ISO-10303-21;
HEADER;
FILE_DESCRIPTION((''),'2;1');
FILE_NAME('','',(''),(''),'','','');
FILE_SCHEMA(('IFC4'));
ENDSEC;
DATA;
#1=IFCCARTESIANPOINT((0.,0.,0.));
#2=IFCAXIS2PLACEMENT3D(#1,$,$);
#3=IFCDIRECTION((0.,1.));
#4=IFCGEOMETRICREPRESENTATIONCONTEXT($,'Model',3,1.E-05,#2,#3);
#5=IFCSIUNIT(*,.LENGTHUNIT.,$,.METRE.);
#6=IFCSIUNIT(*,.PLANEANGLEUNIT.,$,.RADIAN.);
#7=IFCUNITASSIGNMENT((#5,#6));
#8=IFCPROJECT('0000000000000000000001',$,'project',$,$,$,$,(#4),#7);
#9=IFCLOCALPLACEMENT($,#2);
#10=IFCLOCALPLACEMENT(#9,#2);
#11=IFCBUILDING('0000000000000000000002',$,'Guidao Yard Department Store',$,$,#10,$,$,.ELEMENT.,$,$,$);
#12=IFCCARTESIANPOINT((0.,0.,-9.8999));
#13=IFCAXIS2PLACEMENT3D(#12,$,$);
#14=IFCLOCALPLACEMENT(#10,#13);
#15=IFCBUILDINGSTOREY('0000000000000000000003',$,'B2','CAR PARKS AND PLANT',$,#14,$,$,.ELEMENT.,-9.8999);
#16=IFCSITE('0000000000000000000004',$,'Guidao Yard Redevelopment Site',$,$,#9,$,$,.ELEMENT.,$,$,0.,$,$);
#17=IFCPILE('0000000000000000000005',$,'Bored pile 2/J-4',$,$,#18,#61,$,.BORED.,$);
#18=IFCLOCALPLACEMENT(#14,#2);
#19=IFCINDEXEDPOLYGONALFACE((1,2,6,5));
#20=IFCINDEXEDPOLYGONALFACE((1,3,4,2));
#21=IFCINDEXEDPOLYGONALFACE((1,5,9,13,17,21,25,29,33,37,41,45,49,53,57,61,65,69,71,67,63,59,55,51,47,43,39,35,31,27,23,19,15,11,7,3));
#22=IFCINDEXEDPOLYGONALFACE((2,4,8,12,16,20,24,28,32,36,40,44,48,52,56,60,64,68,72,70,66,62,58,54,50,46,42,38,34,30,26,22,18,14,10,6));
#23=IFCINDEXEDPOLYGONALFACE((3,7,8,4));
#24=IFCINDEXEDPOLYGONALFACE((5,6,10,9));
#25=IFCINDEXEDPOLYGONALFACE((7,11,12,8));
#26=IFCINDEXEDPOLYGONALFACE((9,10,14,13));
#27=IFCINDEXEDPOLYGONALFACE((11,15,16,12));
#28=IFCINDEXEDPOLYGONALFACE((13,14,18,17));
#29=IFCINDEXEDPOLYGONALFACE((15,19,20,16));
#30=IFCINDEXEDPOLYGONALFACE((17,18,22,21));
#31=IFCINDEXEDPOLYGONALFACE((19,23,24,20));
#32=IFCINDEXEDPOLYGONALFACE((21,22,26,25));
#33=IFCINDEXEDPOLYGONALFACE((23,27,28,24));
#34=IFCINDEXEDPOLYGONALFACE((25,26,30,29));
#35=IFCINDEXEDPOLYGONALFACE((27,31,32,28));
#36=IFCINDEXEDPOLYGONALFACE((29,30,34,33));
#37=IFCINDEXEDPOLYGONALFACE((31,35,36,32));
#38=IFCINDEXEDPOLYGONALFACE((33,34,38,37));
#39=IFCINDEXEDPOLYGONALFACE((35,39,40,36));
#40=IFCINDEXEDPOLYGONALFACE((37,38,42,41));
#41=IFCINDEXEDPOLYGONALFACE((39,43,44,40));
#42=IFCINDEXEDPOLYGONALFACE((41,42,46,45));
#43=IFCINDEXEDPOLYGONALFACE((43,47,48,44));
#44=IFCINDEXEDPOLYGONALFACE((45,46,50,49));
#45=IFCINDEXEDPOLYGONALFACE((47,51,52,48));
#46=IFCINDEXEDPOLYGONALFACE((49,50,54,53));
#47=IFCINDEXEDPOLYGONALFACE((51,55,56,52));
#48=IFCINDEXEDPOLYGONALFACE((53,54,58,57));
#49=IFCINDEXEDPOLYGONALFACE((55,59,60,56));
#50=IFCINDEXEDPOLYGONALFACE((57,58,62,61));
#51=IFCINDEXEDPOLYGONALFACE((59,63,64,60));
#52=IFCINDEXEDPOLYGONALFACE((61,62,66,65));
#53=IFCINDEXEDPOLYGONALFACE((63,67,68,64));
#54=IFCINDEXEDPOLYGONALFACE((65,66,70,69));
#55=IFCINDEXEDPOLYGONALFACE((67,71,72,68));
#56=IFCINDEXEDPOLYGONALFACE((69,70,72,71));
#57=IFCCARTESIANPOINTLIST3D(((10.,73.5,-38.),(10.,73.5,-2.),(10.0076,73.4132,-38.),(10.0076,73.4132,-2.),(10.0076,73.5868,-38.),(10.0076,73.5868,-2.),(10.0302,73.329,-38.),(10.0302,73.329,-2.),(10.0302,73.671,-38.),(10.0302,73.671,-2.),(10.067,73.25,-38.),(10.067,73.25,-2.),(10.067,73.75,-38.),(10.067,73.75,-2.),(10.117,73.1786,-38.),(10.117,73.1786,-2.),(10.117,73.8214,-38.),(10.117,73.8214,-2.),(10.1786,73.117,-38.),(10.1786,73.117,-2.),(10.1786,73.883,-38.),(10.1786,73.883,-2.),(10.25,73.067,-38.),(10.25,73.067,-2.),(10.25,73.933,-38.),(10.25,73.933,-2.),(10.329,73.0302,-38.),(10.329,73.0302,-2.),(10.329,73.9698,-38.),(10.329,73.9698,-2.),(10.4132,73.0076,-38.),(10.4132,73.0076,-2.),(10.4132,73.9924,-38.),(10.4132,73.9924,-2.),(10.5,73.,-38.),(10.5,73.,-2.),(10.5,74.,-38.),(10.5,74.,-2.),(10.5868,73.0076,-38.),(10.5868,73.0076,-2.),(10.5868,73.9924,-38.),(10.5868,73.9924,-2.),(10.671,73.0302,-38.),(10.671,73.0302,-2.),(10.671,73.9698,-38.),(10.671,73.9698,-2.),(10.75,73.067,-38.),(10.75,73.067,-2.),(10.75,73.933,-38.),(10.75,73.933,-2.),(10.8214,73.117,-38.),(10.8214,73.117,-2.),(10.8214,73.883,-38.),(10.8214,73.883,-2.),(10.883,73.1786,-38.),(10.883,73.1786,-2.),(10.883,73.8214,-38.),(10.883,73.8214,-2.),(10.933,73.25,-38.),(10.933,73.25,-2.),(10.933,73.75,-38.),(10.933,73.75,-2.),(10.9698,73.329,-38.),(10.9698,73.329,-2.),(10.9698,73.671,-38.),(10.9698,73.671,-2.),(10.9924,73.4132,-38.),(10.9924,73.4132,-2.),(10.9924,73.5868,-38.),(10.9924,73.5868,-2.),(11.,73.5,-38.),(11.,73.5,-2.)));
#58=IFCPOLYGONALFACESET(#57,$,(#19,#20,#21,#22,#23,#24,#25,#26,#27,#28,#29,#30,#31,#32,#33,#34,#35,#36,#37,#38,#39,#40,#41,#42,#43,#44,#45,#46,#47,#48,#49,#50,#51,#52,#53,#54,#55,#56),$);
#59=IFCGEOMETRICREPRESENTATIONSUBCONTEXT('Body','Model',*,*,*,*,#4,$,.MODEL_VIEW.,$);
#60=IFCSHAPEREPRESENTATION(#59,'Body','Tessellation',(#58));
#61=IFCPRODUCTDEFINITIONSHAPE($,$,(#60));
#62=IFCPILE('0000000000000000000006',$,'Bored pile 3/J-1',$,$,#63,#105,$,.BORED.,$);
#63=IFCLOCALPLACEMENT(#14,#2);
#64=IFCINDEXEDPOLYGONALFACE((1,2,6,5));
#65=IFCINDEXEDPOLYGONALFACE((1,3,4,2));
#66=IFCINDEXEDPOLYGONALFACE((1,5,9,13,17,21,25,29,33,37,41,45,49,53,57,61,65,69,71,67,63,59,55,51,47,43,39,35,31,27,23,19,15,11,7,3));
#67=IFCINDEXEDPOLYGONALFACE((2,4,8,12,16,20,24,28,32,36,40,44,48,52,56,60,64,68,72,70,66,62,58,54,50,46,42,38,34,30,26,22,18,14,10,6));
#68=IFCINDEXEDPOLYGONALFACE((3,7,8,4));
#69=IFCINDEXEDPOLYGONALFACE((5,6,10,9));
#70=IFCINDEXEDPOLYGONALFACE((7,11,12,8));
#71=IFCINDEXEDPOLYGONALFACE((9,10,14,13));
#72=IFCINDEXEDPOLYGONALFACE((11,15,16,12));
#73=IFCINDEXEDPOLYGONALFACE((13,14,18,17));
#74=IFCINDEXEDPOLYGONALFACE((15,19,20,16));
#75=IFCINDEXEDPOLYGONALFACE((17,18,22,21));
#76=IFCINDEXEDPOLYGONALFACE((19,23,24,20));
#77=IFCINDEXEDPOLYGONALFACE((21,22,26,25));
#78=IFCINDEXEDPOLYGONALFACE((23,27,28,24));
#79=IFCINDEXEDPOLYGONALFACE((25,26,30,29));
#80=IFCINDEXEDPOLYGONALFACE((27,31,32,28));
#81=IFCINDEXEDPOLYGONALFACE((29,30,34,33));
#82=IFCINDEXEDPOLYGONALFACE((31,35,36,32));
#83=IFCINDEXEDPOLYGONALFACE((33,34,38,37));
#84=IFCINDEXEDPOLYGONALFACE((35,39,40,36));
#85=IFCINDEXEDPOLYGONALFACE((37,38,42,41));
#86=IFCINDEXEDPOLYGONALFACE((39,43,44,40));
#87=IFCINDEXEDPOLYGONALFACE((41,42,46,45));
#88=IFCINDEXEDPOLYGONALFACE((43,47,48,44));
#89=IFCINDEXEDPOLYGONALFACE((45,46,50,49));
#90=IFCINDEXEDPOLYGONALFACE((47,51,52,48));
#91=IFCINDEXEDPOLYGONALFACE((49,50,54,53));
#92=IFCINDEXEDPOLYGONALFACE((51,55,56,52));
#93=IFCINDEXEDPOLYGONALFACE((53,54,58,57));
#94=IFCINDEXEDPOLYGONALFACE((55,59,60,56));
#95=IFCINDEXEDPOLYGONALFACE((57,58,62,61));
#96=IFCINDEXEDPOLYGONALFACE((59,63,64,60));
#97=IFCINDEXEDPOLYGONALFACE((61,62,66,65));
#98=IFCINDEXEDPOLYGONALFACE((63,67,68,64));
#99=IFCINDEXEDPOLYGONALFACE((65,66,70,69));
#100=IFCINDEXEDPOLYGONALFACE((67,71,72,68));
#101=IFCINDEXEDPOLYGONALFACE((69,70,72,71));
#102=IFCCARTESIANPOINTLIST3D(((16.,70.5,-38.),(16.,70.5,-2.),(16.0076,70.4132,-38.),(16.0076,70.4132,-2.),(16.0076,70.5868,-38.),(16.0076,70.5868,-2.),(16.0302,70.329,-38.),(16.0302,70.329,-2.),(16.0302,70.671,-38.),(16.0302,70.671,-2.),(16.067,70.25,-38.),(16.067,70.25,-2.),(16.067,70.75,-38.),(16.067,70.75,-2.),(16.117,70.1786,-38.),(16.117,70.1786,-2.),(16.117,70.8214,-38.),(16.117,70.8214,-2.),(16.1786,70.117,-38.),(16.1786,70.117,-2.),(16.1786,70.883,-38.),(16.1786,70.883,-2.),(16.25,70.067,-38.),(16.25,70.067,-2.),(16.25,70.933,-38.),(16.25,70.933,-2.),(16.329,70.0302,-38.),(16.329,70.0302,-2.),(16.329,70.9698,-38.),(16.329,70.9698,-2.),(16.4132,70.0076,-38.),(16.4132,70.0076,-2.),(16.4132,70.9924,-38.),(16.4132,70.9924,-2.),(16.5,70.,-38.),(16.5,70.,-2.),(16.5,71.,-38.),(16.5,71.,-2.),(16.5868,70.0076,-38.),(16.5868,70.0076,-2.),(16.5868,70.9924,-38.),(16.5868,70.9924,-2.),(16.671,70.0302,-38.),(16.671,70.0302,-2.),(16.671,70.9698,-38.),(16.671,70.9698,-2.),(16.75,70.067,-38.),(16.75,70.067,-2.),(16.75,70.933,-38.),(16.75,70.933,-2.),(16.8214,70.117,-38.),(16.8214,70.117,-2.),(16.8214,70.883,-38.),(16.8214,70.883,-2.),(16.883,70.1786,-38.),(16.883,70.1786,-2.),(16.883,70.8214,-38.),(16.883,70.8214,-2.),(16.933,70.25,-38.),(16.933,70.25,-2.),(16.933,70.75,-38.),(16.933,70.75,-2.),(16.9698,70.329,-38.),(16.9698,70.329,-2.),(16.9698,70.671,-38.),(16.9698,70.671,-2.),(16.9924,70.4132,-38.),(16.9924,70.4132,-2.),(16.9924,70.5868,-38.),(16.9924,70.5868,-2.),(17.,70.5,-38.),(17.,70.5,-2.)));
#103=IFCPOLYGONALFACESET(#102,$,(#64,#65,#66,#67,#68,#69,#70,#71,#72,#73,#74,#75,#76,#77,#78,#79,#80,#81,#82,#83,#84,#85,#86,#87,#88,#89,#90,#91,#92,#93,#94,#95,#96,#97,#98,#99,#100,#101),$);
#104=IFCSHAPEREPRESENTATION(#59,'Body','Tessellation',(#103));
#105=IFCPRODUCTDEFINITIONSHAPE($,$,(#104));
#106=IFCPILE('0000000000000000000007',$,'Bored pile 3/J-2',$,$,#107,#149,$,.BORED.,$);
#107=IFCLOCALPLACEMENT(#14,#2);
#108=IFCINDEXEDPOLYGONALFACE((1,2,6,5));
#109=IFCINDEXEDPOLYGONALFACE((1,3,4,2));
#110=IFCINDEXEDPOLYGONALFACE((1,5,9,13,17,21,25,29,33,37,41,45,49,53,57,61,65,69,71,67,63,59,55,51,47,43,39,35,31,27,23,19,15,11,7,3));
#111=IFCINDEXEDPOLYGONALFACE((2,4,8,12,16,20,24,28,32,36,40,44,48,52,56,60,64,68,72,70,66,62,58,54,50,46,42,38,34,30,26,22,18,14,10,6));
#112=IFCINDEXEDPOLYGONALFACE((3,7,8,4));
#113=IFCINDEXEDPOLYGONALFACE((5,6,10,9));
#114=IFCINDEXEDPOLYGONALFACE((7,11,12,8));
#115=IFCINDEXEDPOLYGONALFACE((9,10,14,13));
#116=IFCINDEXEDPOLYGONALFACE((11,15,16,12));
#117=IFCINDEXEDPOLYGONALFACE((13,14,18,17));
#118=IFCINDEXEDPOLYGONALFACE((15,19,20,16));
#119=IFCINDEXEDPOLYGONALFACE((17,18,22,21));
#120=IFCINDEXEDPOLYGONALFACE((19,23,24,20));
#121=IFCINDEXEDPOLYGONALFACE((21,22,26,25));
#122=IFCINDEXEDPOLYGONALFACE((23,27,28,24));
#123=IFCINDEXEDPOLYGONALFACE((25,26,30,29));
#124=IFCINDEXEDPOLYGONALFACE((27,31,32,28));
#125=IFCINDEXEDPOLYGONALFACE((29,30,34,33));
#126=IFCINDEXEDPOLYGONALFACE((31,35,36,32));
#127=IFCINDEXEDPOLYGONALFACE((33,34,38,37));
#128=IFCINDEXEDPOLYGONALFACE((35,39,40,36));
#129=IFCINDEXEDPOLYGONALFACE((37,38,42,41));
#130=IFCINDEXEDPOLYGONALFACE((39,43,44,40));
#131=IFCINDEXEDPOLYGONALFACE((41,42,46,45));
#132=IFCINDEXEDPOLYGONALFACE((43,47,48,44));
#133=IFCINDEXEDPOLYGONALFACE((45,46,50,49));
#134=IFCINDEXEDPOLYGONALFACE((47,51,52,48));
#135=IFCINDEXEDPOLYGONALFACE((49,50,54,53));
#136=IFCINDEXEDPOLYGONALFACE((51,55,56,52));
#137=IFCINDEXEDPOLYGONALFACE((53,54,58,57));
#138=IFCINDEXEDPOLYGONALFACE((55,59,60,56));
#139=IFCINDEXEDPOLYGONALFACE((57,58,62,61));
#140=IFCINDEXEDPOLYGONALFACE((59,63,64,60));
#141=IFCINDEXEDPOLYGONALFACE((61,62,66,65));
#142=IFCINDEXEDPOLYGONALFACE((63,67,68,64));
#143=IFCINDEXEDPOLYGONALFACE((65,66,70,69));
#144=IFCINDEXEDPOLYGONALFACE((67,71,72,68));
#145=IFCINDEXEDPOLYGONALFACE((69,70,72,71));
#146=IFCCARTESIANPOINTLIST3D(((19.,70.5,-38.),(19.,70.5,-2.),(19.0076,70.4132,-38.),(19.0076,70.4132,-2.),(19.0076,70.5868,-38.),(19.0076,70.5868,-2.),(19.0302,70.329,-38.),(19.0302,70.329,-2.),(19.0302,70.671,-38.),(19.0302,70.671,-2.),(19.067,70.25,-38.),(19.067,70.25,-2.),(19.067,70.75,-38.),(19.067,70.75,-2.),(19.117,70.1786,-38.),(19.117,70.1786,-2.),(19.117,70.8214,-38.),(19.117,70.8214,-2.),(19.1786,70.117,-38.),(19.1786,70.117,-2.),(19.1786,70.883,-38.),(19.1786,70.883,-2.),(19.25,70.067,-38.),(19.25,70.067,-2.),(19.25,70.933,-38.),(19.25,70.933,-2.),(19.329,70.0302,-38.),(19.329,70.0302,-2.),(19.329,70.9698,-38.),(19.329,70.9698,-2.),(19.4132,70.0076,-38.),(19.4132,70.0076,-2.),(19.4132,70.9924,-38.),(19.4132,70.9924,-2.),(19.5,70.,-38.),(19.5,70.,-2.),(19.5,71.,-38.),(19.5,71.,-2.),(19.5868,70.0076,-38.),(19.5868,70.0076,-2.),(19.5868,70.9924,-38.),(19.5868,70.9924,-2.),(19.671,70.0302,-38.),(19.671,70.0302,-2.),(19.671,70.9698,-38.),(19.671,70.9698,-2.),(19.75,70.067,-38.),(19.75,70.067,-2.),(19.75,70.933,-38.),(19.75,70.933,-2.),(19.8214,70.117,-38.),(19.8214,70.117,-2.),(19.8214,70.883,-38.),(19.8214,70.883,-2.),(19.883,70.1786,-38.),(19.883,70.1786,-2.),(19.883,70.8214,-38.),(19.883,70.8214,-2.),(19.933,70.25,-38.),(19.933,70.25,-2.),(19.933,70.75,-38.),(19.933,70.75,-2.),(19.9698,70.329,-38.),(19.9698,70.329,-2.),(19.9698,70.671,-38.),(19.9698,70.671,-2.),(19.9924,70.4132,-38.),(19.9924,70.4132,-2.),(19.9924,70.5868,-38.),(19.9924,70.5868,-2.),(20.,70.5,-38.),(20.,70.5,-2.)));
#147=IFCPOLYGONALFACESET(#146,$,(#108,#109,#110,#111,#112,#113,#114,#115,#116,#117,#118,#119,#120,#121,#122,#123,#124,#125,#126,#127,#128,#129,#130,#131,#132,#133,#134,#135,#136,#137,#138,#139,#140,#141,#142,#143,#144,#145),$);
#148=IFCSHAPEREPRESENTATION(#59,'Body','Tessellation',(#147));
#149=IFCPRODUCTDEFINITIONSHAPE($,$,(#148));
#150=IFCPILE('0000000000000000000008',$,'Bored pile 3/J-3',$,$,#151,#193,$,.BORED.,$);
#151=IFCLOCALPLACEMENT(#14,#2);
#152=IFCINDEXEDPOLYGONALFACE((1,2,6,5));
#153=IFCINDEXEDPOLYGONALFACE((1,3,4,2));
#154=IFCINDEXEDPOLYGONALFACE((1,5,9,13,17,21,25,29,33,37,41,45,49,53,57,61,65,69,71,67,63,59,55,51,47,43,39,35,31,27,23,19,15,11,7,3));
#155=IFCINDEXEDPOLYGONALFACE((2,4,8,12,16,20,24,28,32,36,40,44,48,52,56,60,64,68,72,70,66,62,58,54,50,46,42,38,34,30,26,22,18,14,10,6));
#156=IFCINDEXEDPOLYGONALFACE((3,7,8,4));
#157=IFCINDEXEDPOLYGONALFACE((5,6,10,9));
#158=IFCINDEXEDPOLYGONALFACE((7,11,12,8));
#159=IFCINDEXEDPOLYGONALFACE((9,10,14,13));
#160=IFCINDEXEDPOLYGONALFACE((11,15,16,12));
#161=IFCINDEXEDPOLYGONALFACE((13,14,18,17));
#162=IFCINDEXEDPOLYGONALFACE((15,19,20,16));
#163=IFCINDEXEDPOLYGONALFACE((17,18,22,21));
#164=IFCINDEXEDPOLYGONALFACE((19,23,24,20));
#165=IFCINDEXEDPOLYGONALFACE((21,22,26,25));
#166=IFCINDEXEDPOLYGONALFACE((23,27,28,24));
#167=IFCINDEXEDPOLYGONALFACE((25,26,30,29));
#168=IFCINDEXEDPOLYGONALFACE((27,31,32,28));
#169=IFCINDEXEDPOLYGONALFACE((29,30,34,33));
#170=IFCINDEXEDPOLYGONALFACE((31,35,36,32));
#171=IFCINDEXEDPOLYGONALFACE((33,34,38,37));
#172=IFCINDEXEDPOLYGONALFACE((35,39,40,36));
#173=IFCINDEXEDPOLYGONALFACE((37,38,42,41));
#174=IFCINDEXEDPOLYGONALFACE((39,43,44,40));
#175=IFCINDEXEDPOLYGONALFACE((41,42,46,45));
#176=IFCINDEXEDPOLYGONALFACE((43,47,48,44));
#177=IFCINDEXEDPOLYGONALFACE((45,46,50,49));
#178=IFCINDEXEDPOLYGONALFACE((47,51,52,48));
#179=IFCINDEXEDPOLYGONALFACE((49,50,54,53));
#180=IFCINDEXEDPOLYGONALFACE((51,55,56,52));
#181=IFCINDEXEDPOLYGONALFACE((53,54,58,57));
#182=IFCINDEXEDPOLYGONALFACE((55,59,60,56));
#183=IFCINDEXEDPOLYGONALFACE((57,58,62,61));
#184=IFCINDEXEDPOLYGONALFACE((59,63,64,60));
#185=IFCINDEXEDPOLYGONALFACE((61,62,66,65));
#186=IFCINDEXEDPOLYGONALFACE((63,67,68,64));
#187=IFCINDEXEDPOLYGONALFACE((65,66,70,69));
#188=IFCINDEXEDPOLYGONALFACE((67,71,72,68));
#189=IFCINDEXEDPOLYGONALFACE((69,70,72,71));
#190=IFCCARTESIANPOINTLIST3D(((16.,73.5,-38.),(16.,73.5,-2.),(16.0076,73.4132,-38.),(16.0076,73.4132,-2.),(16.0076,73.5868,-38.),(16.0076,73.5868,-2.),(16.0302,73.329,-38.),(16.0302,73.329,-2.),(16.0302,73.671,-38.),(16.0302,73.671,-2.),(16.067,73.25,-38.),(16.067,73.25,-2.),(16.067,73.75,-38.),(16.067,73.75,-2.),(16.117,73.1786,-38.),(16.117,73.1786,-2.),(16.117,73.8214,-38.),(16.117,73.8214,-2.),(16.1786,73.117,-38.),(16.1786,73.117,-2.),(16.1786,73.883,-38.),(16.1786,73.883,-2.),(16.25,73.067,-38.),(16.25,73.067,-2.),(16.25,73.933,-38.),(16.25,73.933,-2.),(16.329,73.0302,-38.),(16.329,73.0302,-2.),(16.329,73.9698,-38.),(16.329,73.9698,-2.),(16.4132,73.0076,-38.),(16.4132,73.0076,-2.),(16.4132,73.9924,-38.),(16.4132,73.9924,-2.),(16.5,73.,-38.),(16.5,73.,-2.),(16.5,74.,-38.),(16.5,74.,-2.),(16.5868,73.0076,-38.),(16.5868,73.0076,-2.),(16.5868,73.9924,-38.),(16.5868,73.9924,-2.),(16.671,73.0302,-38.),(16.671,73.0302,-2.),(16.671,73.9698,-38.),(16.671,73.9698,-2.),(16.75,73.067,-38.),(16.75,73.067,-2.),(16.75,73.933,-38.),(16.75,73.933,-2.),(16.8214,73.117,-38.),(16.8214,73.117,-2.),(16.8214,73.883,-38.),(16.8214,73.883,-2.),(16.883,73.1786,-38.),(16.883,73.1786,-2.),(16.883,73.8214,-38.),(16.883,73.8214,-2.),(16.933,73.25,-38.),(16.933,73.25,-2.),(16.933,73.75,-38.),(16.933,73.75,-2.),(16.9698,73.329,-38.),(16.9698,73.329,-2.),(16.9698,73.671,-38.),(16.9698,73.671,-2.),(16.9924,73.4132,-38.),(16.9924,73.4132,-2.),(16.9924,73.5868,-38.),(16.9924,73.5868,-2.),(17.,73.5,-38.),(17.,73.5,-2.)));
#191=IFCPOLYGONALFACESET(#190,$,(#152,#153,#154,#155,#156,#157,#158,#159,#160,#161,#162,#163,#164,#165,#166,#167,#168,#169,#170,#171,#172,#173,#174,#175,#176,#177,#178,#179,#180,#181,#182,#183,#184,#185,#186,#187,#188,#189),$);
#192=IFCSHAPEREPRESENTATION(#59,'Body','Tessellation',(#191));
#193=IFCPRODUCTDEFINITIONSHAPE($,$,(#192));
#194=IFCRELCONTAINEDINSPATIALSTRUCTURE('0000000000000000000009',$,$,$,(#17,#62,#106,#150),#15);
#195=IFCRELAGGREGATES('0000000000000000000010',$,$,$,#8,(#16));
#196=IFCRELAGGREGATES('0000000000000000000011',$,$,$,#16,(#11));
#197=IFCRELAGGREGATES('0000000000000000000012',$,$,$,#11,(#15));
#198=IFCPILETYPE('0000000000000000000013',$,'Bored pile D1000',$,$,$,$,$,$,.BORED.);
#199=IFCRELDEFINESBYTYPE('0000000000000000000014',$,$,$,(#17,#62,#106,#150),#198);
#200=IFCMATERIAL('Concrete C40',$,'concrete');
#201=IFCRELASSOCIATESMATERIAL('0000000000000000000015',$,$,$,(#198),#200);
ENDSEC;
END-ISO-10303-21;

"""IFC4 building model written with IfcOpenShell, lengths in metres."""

from ifc_helpers import new_model, si_unit, direction, frame, origin, origin_2d, place, context, subcontext, project, spatial, circle, extrude, material, material_profile, profile_set, type_object, element, save


model = new_model("IFC4")

# Units and contexts
model_context = context("Model", 3, precision=1e-05, world=origin(), true_north=direction((0.0, 1.0)))
body_context = subcontext(model_context, "Body", "Model", "MODEL_VIEW")
ifc_project = project(units=[si_unit("LENGTHUNIT", "METRE"), si_unit("PLANEANGLEUNIT", "RADIAN")], contexts=[model_context])

# Site, building, storey
site_placement = place(None, origin())
site = spatial("IfcSite", under=ifc_project, at=site_placement, Name="Guidao Yard Redevelopment Site", CompositionType="ELEMENT", RefElevation=0.0)
building_placement = place(site_placement, origin())
building = spatial("IfcBuilding", under=site, at=building_placement, Name="Guidao Yard Department Store", CompositionType="ELEMENT")
storey_placement = place(building_placement, frame((0.0, 0.0, -9.8999)))
storey = spatial("IfcBuildingStorey", under=building, at=storey_placement, Name="B2", Description="CAR PARKS AND PLANT", CompositionType="ELEMENT", Elevation=-9.8999)

# Piles
ifc_material_1 = material(Name="Concrete C40", Category="concrete")
ifc_material_profile_1 = material_profile(ifc_material_1, circle(Radius=0.5, at=origin_2d()), Name="Bored pile D1000")
ifc_profile_set_1 = profile_set([ifc_material_profile_1], Name="Concrete C40")
pile_type = type_object("IfcPileType", Name="Bored pile D1000", PredefinedType="BORED", material=ifc_profile_set_1)
for number, where, z_axis, x_axis, name in (
    (1, (10.5, 73.5, -2.0), (0.0, 0.0, -1.0), (1.0, 0.0, 0.0), "Bored pile 2/J-4"),
    (2, (16.5, 70.5, -2.0), (0.0, 0.0, -1.0), (1.0, 0.0, 0.0), "Bored pile 3/J-1"),
    (3, (19.5, 70.5, -2.0), (0.0, 0.0, -1.0), (1.0, 0.0, 0.0), "Bored pile 3/J-2"),
    (4, (16.5, 73.5, -2.0), (0.0, 0.0, -1.0), (1.0, 0.0, 0.0), "Bored pile 3/J-3"),
):
    element("IfcPile", number, at=place(storey_placement, frame(where, z_axis=z_axis, x_axis=x_axis)), inside=storey, type_object=pile_type, Name=name, PredefinedType="BORED", context=body_context, shape_type="SweptSolid", body=[
        extrude(circle(Radius=0.5, at=origin_2d()), origin(), (0.0, 0.0, 1.0), 36.0),
    ])

save(model, "model.ifc")
